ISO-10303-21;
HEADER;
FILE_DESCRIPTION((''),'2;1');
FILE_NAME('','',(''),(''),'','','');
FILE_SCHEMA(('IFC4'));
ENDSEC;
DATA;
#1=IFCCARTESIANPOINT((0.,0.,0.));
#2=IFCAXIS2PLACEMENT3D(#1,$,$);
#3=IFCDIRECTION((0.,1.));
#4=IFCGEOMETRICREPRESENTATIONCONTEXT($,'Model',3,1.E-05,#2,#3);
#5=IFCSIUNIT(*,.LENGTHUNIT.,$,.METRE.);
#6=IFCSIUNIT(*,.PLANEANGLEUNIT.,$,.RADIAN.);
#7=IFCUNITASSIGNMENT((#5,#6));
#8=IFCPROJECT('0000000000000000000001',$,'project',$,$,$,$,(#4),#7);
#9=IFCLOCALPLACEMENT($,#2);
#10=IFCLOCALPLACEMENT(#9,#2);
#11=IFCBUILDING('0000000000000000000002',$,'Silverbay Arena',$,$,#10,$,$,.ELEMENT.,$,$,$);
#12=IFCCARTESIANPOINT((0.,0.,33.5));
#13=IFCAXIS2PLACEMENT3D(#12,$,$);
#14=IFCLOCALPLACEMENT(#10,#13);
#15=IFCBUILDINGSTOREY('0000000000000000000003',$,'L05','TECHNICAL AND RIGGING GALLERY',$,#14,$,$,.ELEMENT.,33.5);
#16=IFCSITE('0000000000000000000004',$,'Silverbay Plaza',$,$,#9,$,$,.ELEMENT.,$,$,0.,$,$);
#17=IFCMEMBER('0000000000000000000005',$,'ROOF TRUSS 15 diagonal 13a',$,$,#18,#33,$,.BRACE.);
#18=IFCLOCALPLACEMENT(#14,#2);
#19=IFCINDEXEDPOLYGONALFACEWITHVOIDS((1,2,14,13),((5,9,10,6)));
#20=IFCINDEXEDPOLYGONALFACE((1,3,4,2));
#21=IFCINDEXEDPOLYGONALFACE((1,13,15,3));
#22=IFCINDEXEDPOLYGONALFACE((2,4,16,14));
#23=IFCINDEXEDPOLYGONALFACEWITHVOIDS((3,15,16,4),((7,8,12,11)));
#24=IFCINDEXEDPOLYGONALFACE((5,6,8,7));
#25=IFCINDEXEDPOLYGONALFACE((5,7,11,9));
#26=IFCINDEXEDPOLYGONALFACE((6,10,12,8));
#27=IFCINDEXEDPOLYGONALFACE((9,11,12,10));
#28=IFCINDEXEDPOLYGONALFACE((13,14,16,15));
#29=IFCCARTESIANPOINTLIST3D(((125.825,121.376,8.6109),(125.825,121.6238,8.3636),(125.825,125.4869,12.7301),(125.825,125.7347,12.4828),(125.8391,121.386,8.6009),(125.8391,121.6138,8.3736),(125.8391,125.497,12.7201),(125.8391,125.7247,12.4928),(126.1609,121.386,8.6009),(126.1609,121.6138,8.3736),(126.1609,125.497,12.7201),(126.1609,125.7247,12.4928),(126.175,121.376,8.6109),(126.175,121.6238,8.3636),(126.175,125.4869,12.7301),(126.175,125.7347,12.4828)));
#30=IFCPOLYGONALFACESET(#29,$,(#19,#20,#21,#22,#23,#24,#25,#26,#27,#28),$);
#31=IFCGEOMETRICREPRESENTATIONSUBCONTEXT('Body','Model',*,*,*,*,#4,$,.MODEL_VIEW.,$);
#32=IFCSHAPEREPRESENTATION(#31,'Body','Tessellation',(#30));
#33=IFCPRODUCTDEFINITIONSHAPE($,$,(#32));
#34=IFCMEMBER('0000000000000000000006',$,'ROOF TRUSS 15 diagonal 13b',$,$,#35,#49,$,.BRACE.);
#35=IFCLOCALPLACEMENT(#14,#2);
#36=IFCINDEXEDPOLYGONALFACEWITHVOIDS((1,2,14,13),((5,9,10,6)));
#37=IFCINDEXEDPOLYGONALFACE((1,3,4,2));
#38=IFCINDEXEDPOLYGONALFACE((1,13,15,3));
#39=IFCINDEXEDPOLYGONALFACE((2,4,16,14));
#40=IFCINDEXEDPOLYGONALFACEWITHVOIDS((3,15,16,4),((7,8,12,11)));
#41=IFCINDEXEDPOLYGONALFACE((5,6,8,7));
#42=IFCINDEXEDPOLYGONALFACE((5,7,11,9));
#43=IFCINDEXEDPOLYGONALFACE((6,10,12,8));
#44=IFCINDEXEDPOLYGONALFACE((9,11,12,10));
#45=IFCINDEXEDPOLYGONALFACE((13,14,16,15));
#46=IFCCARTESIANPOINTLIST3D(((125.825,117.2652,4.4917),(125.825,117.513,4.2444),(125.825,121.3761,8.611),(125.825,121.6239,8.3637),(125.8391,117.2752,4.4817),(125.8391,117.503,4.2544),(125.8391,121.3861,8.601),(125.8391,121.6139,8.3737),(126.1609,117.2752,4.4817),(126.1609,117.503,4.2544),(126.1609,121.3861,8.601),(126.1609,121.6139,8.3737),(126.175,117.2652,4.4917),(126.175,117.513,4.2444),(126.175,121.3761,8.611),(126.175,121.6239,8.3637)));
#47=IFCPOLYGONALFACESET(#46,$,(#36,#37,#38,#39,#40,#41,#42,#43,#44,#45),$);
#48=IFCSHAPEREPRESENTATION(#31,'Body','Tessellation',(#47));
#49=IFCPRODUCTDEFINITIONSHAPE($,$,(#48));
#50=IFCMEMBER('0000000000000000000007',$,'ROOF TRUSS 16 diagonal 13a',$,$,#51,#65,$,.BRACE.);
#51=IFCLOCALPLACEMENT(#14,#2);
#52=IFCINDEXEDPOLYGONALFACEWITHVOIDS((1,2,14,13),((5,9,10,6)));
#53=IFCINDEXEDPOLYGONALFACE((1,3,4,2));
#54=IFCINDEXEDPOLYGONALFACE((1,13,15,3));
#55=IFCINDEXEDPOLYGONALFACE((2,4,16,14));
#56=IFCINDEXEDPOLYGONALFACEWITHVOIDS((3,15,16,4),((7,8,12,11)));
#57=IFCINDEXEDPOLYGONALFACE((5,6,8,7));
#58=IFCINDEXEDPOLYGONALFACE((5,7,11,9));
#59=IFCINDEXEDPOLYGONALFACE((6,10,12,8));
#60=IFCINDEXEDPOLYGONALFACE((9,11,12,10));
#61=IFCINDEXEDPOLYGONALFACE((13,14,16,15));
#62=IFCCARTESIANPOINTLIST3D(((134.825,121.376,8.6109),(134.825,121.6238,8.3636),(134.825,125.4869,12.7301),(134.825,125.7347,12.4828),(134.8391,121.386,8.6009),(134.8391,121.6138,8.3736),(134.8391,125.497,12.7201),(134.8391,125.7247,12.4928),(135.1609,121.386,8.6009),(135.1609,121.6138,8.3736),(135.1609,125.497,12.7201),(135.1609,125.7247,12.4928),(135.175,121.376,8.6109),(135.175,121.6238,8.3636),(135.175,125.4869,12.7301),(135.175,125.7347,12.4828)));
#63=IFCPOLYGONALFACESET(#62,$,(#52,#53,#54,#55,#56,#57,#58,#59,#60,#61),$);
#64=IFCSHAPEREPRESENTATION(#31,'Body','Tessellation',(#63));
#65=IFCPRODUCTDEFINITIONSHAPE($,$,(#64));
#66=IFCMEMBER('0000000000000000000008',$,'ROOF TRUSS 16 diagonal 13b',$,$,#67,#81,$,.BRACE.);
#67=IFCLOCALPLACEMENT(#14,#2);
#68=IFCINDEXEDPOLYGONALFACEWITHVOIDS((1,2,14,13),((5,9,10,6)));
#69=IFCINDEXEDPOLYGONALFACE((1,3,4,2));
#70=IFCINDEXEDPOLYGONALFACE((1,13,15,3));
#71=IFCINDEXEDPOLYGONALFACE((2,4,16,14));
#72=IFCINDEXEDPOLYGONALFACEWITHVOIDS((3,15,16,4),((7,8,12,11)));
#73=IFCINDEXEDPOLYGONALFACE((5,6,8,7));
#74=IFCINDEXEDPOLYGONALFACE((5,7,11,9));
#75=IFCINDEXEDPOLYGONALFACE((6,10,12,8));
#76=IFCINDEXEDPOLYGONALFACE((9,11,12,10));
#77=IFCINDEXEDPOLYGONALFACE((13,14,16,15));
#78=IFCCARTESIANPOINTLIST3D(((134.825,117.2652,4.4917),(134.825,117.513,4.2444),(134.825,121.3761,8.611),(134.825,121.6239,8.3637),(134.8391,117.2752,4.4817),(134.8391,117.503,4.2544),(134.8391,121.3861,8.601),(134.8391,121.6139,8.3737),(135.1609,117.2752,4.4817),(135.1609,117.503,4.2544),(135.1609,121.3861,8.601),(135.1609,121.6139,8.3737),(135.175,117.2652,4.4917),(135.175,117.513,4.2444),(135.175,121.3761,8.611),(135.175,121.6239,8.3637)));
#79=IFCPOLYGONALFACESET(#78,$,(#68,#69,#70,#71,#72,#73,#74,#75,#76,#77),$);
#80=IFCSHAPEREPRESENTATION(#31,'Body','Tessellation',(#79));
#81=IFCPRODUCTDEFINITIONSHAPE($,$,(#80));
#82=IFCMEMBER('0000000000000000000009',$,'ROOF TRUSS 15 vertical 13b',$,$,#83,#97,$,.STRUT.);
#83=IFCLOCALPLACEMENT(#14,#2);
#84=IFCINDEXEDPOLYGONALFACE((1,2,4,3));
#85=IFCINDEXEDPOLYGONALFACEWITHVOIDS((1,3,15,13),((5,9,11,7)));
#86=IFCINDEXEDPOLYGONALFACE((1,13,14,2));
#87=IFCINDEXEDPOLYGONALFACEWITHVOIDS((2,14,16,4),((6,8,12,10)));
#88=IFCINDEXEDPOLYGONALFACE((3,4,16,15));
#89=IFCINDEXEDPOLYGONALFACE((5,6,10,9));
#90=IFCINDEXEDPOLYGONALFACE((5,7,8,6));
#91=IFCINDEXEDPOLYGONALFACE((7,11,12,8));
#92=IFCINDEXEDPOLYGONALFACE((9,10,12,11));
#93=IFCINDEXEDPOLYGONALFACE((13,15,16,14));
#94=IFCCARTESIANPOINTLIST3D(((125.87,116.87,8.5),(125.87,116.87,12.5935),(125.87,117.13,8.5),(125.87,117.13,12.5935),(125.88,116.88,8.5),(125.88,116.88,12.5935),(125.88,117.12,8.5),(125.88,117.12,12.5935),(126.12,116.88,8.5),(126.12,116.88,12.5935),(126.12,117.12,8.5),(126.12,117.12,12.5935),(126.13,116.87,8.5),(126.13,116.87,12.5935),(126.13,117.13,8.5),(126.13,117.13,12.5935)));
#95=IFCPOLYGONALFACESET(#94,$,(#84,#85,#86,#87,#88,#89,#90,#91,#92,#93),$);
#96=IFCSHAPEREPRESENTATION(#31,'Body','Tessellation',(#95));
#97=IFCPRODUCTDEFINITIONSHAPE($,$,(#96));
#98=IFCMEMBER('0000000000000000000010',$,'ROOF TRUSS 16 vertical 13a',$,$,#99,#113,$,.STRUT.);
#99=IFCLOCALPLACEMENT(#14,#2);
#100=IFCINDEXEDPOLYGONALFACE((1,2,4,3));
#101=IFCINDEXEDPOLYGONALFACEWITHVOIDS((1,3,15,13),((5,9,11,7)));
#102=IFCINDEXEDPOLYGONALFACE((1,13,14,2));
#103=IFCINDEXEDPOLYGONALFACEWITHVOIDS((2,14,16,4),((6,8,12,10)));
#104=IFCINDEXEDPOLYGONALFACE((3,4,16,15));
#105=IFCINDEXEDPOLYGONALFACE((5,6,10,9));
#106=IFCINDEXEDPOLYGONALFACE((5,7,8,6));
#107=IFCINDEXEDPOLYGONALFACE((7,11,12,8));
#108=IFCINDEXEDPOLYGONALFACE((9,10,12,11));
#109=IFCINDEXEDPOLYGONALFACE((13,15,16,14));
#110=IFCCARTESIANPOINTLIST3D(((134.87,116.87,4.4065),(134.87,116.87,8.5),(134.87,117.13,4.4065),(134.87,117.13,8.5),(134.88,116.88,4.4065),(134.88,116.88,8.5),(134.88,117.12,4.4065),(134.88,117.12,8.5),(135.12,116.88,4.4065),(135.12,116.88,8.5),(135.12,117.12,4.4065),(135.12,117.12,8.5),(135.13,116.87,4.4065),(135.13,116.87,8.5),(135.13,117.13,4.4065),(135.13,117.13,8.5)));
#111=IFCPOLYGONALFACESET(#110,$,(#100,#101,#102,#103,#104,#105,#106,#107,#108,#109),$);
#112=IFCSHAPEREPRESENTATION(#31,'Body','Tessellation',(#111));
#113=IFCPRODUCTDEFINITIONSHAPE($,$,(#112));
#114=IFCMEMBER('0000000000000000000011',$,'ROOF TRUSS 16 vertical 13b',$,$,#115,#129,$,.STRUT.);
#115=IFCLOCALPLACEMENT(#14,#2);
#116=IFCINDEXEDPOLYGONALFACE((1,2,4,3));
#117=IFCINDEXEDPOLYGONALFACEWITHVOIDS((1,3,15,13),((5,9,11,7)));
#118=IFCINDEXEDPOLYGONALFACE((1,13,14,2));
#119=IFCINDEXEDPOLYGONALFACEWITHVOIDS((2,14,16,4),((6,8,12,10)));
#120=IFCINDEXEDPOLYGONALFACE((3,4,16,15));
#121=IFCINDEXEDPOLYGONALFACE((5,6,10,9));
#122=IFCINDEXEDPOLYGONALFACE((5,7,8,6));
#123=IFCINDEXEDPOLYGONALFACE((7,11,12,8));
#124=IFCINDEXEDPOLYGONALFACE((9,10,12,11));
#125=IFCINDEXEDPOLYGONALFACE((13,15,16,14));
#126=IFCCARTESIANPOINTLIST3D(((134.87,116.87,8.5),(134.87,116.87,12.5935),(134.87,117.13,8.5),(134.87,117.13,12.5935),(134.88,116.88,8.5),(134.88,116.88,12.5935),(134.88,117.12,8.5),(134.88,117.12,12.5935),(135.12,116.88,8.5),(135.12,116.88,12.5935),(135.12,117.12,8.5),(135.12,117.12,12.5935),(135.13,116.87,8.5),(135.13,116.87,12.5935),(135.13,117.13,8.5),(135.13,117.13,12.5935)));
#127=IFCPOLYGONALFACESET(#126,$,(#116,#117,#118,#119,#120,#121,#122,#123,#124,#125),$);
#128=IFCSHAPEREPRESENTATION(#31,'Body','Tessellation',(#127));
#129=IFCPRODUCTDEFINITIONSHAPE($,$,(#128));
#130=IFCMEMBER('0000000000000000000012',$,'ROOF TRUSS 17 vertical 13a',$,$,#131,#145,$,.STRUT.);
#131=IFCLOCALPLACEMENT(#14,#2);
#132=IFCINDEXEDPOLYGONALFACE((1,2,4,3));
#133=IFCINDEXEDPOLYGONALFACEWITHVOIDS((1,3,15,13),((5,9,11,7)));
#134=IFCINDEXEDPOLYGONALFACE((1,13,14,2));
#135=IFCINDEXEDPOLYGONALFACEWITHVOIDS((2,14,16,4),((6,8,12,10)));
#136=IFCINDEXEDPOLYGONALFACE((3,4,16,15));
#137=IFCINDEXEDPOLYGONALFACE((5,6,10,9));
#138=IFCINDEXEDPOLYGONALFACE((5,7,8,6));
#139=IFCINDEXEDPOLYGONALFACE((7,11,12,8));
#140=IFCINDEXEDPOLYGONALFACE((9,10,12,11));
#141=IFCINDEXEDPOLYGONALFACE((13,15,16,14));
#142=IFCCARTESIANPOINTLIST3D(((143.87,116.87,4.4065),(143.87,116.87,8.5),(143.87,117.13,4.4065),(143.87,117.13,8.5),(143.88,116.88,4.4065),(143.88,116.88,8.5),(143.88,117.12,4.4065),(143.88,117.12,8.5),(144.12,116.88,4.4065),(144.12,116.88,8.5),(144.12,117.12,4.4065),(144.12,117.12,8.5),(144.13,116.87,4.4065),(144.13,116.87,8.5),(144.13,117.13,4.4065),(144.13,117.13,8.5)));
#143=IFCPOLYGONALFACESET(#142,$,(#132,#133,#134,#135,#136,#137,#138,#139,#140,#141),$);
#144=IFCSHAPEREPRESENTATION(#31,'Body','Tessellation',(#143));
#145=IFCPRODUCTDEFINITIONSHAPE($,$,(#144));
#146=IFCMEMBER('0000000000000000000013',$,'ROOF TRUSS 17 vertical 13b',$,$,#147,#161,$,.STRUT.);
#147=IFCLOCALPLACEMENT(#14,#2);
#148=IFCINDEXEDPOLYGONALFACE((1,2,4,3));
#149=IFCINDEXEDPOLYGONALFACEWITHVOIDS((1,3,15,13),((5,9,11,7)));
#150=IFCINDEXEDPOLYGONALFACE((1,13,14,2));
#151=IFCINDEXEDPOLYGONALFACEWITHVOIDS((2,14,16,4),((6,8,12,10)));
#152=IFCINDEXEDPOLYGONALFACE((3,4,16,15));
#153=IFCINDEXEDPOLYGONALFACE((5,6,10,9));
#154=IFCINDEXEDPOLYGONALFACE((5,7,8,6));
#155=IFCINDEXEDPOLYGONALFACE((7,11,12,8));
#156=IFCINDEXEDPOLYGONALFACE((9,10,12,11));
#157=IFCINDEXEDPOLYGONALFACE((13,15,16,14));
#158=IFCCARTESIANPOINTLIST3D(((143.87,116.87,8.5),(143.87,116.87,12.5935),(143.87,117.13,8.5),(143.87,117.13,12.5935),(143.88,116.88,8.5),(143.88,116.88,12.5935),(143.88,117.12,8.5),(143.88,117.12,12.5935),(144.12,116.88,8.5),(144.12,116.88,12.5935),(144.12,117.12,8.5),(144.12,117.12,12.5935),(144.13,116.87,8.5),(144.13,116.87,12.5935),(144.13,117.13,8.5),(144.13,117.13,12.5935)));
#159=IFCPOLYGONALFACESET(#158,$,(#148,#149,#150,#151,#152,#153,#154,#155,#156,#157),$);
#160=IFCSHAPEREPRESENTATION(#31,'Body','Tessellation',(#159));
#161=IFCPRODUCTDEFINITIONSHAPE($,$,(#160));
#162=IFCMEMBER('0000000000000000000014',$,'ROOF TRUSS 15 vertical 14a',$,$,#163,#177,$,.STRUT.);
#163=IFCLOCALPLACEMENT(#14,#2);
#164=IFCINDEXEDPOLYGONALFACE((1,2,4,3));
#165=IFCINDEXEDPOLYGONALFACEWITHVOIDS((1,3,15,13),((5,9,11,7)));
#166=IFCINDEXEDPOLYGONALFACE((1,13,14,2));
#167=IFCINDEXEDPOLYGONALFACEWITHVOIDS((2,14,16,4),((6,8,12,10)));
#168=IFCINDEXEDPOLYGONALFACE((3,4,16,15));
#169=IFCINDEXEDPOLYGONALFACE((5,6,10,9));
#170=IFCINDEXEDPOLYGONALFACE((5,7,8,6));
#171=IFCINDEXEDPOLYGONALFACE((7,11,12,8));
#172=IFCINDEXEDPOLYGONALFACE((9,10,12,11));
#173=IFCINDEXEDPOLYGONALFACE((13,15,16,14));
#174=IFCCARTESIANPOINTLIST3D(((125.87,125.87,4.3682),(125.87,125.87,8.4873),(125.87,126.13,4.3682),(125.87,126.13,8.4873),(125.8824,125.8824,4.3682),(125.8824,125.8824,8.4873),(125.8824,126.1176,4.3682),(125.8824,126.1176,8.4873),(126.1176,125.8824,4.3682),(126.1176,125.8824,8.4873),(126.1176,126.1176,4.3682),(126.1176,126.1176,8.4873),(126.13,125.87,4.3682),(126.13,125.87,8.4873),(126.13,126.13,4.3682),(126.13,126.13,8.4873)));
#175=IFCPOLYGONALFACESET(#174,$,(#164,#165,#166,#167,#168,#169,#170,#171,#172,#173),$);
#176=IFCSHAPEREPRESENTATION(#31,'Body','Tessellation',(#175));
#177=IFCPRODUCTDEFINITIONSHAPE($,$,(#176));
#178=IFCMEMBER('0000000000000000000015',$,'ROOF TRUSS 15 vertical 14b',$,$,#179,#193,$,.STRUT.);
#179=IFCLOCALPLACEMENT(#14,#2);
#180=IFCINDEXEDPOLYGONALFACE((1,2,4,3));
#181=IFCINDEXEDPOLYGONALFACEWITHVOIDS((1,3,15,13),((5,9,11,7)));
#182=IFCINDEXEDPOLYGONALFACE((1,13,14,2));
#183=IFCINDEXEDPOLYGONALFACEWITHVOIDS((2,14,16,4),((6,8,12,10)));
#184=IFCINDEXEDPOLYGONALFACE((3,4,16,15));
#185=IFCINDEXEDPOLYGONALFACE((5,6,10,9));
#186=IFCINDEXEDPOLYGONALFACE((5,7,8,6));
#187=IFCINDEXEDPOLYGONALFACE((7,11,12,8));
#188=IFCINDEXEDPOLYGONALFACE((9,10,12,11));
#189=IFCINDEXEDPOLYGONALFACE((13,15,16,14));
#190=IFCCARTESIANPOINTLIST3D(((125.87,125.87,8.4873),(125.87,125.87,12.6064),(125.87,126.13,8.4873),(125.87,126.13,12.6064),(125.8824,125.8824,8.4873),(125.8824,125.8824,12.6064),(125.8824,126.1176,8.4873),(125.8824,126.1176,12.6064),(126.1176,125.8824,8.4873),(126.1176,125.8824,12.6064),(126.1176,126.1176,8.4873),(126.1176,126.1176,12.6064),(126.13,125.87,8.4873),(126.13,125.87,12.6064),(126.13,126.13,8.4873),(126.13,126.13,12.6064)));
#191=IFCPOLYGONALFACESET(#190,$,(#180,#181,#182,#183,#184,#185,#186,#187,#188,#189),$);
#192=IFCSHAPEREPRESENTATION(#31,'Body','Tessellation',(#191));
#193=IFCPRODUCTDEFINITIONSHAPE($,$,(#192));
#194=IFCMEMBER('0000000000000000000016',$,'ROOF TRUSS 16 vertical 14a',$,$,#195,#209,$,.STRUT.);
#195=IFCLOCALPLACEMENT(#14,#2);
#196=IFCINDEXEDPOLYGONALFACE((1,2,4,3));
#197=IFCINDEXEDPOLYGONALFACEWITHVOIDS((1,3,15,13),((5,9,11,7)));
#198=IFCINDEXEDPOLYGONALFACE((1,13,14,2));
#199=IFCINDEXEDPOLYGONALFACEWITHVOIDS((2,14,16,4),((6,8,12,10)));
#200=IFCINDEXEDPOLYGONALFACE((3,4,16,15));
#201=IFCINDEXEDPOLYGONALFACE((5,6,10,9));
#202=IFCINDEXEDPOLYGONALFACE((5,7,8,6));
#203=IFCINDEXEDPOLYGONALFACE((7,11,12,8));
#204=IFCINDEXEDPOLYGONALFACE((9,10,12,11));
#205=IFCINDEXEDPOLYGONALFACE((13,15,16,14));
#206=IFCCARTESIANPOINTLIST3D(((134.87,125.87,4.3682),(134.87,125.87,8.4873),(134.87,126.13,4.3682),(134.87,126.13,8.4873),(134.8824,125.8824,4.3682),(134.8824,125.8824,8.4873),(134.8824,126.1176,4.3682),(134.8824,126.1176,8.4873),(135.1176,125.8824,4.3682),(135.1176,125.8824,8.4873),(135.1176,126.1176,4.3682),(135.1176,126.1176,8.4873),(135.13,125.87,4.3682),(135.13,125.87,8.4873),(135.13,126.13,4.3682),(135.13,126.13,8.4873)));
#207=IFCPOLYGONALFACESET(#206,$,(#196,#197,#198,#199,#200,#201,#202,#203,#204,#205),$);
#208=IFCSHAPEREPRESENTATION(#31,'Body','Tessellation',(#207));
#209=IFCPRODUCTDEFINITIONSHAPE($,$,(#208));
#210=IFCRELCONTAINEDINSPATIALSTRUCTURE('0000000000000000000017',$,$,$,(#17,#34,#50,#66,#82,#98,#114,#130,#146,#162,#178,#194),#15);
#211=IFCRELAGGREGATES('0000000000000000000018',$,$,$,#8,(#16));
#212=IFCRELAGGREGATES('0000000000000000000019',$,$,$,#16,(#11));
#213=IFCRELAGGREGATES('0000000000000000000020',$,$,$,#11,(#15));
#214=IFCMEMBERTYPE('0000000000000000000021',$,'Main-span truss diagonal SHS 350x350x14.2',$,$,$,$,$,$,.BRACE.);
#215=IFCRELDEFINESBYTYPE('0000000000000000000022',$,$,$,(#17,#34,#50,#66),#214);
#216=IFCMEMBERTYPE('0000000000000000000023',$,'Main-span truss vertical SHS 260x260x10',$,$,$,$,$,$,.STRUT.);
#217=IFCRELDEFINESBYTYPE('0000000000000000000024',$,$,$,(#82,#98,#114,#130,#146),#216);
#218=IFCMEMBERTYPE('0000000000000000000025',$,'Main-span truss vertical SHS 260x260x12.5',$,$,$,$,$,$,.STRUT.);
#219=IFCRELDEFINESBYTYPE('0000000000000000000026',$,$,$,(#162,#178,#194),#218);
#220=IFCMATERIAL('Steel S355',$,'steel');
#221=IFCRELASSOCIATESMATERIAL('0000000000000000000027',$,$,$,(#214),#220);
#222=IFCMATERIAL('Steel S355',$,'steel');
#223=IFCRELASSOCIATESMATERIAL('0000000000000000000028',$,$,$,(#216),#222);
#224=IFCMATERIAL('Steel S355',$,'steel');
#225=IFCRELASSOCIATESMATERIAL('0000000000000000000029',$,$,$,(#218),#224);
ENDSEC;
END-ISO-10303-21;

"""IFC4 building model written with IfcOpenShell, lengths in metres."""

from ifc_helpers import new_model, si_unit, direction, frame, origin, origin_2d, place, context, subcontext, project, spatial, hollow_rectangle, extrude, material, material_profile, profile_set, type_object, element, save


model = new_model("IFC4")

# Units and contexts
model_context = context("Model", 3, precision=1e-05, world=origin(), true_north=direction((0.0, 1.0)))
body_context = subcontext(model_context, "Body", "Model", "MODEL_VIEW")
ifc_project = project(units=[si_unit("LENGTHUNIT", "METRE"), si_unit("PLANEANGLEUNIT", "RADIAN")], contexts=[model_context])

# Site, building, storey
site_placement = place(None, origin())
site = spatial("IfcSite", under=ifc_project, at=site_placement, Name="Silverbay Plaza", CompositionType="ELEMENT", RefElevation=0.0)
building_placement = place(site_placement, origin())
building = spatial("IfcBuilding", under=site, at=building_placement, Name="Silverbay Arena", CompositionType="ELEMENT")
storey_placement = place(building_placement, frame((0.0, 0.0, 33.5)))
storey = spatial("IfcBuildingStorey", under=building, at=storey_placement, Name="L05", Description="TECHNICAL AND RIGGING GALLERY", CompositionType="ELEMENT", Elevation=33.5)

# Members
ifc_material_1 = material(Name="Steel S355", Category="steel")
ifc_material_profile_1 = material_profile(ifc_material_1, hollow_rectangle(XDim=0.3501, YDim=0.3501, WallThickness=0.0142, at=origin_2d()), Name="SHS 350x350x14.2")
ifc_profile_set_1 = profile_set([ifc_material_profile_1], Name="Steel S355")
member_type_1 = type_object("IfcMemberType", Name="Main-span truss diagonal SHS 350x350x14.2", PredefinedType="BRACE", material=ifc_profile_set_1)
for number, where, z_axis, x_axis, name in (
    (1, (126.0, 125.6108, 12.6064), (0.0, -0.706393, -0.70782), (1.0, 0.0, 0.0), "ROOF TRUSS 15 diagonal 13a"),
    (2, (126.0, 121.5, 8.4873), (0.0, -0.706393, -0.70782), (1.0, 0.0, 0.0), "ROOF TRUSS 15 diagonal 13b"),
    (3, (135.0, 125.6108, 12.6064), (0.0, -0.706393, -0.70782), (1.0, 0.0, 0.0), "ROOF TRUSS 16 diagonal 13a"),
    (4, (135.0, 121.5, 8.4873), (0.0, -0.706393, -0.70782), (1.0, 0.0, 0.0), "ROOF TRUSS 16 diagonal 13b"),
):
    element("IfcMember", number, at=place(storey_placement, frame(where, z_axis=z_axis, x_axis=x_axis)), inside=storey, type_object=member_type_1, Name=name, PredefinedType="BRACE", context=body_context, shape_type="SweptSolid", body=[
        extrude(hollow_rectangle(XDim=0.3501, YDim=0.3501, WallThickness=0.0142, at=origin_2d()), origin(), (0.0, 0.0, 1.0), 5.8196),
    ])
ifc_material_2 = material(Name="Steel S355", Category="steel")
ifc_material_profile_2 = material_profile(ifc_material_2, hollow_rectangle(XDim=0.26, YDim=0.26, WallThickness=0.01, at=origin_2d()), Name="SHS 260x260x10")
ifc_profile_set_2 = profile_set([ifc_material_profile_2], Name="Steel S355")
member_type_2 = type_object("IfcMemberType", Name="Main-span truss vertical SHS 260x260x10", PredefinedType="STRUT", material=ifc_profile_set_2)
for number, where, z_axis, x_axis, name in (
    (5, (126.0, 117.0, 8.5), (0.0, 0.0, 1.0), (1.0, 0.0, 0.0), "ROOF TRUSS 15 vertical 13b"),
    (6, (135.0, 117.0, 4.4065), (0.0, 0.0, 1.0), (1.0, 0.0, 0.0), "ROOF TRUSS 16 vertical 13a"),
    (7, (135.0, 117.0, 8.5), (0.0, 0.0, 1.0), (1.0, 0.0, 0.0), "ROOF TRUSS 16 vertical 13b"),
    (8, (144.0, 117.0, 4.4065), (0.0, 0.0, 1.0), (1.0, 0.0, 0.0), "ROOF TRUSS 17 vertical 13a"),
    (9, (144.0, 117.0, 8.5), (0.0, 0.0, 1.0), (1.0, 0.0, 0.0), "ROOF TRUSS 17 vertical 13b"),
):
    element("IfcMember", number, at=place(storey_placement, frame(where, z_axis=z_axis, x_axis=x_axis)), inside=storey, type_object=member_type_2, Name=name, PredefinedType="STRUT", context=body_context, shape_type="SweptSolid", body=[
        extrude(hollow_rectangle(XDim=0.26, YDim=0.26, WallThickness=0.01, at=origin_2d()), origin(), (0.0, 0.0, 1.0), 4.0935),
    ])
ifc_material_3 = material(Name="Steel S355", Category="steel")
ifc_material_profile_3 = material_profile(ifc_material_3, hollow_rectangle(XDim=0.26, YDim=0.26, WallThickness=0.0125, at=origin_2d()), Name="SHS 260x260x12.5")
ifc_profile_set_3 = profile_set([ifc_material_profile_3], Name="Steel S355")
member_type_3 = type_object("IfcMemberType", Name="Main-span truss vertical SHS 260x260x12.5", PredefinedType="STRUT", material=ifc_profile_set_3)
for number, where, z_axis, x_axis, name in (
    (10, (126.0, 126.0, 4.3682), (0.0, 0.0, 1.0), (1.0, 0.0, 0.0), "ROOF TRUSS 15 vertical 14a"),
    (11, (126.0, 126.0, 8.4873), (0.0, 0.0, 1.0), (1.0, 0.0, 0.0), "ROOF TRUSS 15 vertical 14b"),
    (12, (135.0, 126.0, 4.3682), (0.0, 0.0, 1.0), (1.0, 0.0, 0.0), "ROOF TRUSS 16 vertical 14a"),
):
    element("IfcMember", number, at=place(storey_placement, frame(where, z_axis=z_axis, x_axis=x_axis)), inside=storey, type_object=member_type_3, Name=name, PredefinedType="STRUT", context=body_context, shape_type="SweptSolid", body=[
        extrude(hollow_rectangle(XDim=0.26, YDim=0.26, WallThickness=0.0125, at=origin_2d()), origin(), (0.0, 0.0, 1.0), 4.1191),
    ])

save(model, "model.ifc")
